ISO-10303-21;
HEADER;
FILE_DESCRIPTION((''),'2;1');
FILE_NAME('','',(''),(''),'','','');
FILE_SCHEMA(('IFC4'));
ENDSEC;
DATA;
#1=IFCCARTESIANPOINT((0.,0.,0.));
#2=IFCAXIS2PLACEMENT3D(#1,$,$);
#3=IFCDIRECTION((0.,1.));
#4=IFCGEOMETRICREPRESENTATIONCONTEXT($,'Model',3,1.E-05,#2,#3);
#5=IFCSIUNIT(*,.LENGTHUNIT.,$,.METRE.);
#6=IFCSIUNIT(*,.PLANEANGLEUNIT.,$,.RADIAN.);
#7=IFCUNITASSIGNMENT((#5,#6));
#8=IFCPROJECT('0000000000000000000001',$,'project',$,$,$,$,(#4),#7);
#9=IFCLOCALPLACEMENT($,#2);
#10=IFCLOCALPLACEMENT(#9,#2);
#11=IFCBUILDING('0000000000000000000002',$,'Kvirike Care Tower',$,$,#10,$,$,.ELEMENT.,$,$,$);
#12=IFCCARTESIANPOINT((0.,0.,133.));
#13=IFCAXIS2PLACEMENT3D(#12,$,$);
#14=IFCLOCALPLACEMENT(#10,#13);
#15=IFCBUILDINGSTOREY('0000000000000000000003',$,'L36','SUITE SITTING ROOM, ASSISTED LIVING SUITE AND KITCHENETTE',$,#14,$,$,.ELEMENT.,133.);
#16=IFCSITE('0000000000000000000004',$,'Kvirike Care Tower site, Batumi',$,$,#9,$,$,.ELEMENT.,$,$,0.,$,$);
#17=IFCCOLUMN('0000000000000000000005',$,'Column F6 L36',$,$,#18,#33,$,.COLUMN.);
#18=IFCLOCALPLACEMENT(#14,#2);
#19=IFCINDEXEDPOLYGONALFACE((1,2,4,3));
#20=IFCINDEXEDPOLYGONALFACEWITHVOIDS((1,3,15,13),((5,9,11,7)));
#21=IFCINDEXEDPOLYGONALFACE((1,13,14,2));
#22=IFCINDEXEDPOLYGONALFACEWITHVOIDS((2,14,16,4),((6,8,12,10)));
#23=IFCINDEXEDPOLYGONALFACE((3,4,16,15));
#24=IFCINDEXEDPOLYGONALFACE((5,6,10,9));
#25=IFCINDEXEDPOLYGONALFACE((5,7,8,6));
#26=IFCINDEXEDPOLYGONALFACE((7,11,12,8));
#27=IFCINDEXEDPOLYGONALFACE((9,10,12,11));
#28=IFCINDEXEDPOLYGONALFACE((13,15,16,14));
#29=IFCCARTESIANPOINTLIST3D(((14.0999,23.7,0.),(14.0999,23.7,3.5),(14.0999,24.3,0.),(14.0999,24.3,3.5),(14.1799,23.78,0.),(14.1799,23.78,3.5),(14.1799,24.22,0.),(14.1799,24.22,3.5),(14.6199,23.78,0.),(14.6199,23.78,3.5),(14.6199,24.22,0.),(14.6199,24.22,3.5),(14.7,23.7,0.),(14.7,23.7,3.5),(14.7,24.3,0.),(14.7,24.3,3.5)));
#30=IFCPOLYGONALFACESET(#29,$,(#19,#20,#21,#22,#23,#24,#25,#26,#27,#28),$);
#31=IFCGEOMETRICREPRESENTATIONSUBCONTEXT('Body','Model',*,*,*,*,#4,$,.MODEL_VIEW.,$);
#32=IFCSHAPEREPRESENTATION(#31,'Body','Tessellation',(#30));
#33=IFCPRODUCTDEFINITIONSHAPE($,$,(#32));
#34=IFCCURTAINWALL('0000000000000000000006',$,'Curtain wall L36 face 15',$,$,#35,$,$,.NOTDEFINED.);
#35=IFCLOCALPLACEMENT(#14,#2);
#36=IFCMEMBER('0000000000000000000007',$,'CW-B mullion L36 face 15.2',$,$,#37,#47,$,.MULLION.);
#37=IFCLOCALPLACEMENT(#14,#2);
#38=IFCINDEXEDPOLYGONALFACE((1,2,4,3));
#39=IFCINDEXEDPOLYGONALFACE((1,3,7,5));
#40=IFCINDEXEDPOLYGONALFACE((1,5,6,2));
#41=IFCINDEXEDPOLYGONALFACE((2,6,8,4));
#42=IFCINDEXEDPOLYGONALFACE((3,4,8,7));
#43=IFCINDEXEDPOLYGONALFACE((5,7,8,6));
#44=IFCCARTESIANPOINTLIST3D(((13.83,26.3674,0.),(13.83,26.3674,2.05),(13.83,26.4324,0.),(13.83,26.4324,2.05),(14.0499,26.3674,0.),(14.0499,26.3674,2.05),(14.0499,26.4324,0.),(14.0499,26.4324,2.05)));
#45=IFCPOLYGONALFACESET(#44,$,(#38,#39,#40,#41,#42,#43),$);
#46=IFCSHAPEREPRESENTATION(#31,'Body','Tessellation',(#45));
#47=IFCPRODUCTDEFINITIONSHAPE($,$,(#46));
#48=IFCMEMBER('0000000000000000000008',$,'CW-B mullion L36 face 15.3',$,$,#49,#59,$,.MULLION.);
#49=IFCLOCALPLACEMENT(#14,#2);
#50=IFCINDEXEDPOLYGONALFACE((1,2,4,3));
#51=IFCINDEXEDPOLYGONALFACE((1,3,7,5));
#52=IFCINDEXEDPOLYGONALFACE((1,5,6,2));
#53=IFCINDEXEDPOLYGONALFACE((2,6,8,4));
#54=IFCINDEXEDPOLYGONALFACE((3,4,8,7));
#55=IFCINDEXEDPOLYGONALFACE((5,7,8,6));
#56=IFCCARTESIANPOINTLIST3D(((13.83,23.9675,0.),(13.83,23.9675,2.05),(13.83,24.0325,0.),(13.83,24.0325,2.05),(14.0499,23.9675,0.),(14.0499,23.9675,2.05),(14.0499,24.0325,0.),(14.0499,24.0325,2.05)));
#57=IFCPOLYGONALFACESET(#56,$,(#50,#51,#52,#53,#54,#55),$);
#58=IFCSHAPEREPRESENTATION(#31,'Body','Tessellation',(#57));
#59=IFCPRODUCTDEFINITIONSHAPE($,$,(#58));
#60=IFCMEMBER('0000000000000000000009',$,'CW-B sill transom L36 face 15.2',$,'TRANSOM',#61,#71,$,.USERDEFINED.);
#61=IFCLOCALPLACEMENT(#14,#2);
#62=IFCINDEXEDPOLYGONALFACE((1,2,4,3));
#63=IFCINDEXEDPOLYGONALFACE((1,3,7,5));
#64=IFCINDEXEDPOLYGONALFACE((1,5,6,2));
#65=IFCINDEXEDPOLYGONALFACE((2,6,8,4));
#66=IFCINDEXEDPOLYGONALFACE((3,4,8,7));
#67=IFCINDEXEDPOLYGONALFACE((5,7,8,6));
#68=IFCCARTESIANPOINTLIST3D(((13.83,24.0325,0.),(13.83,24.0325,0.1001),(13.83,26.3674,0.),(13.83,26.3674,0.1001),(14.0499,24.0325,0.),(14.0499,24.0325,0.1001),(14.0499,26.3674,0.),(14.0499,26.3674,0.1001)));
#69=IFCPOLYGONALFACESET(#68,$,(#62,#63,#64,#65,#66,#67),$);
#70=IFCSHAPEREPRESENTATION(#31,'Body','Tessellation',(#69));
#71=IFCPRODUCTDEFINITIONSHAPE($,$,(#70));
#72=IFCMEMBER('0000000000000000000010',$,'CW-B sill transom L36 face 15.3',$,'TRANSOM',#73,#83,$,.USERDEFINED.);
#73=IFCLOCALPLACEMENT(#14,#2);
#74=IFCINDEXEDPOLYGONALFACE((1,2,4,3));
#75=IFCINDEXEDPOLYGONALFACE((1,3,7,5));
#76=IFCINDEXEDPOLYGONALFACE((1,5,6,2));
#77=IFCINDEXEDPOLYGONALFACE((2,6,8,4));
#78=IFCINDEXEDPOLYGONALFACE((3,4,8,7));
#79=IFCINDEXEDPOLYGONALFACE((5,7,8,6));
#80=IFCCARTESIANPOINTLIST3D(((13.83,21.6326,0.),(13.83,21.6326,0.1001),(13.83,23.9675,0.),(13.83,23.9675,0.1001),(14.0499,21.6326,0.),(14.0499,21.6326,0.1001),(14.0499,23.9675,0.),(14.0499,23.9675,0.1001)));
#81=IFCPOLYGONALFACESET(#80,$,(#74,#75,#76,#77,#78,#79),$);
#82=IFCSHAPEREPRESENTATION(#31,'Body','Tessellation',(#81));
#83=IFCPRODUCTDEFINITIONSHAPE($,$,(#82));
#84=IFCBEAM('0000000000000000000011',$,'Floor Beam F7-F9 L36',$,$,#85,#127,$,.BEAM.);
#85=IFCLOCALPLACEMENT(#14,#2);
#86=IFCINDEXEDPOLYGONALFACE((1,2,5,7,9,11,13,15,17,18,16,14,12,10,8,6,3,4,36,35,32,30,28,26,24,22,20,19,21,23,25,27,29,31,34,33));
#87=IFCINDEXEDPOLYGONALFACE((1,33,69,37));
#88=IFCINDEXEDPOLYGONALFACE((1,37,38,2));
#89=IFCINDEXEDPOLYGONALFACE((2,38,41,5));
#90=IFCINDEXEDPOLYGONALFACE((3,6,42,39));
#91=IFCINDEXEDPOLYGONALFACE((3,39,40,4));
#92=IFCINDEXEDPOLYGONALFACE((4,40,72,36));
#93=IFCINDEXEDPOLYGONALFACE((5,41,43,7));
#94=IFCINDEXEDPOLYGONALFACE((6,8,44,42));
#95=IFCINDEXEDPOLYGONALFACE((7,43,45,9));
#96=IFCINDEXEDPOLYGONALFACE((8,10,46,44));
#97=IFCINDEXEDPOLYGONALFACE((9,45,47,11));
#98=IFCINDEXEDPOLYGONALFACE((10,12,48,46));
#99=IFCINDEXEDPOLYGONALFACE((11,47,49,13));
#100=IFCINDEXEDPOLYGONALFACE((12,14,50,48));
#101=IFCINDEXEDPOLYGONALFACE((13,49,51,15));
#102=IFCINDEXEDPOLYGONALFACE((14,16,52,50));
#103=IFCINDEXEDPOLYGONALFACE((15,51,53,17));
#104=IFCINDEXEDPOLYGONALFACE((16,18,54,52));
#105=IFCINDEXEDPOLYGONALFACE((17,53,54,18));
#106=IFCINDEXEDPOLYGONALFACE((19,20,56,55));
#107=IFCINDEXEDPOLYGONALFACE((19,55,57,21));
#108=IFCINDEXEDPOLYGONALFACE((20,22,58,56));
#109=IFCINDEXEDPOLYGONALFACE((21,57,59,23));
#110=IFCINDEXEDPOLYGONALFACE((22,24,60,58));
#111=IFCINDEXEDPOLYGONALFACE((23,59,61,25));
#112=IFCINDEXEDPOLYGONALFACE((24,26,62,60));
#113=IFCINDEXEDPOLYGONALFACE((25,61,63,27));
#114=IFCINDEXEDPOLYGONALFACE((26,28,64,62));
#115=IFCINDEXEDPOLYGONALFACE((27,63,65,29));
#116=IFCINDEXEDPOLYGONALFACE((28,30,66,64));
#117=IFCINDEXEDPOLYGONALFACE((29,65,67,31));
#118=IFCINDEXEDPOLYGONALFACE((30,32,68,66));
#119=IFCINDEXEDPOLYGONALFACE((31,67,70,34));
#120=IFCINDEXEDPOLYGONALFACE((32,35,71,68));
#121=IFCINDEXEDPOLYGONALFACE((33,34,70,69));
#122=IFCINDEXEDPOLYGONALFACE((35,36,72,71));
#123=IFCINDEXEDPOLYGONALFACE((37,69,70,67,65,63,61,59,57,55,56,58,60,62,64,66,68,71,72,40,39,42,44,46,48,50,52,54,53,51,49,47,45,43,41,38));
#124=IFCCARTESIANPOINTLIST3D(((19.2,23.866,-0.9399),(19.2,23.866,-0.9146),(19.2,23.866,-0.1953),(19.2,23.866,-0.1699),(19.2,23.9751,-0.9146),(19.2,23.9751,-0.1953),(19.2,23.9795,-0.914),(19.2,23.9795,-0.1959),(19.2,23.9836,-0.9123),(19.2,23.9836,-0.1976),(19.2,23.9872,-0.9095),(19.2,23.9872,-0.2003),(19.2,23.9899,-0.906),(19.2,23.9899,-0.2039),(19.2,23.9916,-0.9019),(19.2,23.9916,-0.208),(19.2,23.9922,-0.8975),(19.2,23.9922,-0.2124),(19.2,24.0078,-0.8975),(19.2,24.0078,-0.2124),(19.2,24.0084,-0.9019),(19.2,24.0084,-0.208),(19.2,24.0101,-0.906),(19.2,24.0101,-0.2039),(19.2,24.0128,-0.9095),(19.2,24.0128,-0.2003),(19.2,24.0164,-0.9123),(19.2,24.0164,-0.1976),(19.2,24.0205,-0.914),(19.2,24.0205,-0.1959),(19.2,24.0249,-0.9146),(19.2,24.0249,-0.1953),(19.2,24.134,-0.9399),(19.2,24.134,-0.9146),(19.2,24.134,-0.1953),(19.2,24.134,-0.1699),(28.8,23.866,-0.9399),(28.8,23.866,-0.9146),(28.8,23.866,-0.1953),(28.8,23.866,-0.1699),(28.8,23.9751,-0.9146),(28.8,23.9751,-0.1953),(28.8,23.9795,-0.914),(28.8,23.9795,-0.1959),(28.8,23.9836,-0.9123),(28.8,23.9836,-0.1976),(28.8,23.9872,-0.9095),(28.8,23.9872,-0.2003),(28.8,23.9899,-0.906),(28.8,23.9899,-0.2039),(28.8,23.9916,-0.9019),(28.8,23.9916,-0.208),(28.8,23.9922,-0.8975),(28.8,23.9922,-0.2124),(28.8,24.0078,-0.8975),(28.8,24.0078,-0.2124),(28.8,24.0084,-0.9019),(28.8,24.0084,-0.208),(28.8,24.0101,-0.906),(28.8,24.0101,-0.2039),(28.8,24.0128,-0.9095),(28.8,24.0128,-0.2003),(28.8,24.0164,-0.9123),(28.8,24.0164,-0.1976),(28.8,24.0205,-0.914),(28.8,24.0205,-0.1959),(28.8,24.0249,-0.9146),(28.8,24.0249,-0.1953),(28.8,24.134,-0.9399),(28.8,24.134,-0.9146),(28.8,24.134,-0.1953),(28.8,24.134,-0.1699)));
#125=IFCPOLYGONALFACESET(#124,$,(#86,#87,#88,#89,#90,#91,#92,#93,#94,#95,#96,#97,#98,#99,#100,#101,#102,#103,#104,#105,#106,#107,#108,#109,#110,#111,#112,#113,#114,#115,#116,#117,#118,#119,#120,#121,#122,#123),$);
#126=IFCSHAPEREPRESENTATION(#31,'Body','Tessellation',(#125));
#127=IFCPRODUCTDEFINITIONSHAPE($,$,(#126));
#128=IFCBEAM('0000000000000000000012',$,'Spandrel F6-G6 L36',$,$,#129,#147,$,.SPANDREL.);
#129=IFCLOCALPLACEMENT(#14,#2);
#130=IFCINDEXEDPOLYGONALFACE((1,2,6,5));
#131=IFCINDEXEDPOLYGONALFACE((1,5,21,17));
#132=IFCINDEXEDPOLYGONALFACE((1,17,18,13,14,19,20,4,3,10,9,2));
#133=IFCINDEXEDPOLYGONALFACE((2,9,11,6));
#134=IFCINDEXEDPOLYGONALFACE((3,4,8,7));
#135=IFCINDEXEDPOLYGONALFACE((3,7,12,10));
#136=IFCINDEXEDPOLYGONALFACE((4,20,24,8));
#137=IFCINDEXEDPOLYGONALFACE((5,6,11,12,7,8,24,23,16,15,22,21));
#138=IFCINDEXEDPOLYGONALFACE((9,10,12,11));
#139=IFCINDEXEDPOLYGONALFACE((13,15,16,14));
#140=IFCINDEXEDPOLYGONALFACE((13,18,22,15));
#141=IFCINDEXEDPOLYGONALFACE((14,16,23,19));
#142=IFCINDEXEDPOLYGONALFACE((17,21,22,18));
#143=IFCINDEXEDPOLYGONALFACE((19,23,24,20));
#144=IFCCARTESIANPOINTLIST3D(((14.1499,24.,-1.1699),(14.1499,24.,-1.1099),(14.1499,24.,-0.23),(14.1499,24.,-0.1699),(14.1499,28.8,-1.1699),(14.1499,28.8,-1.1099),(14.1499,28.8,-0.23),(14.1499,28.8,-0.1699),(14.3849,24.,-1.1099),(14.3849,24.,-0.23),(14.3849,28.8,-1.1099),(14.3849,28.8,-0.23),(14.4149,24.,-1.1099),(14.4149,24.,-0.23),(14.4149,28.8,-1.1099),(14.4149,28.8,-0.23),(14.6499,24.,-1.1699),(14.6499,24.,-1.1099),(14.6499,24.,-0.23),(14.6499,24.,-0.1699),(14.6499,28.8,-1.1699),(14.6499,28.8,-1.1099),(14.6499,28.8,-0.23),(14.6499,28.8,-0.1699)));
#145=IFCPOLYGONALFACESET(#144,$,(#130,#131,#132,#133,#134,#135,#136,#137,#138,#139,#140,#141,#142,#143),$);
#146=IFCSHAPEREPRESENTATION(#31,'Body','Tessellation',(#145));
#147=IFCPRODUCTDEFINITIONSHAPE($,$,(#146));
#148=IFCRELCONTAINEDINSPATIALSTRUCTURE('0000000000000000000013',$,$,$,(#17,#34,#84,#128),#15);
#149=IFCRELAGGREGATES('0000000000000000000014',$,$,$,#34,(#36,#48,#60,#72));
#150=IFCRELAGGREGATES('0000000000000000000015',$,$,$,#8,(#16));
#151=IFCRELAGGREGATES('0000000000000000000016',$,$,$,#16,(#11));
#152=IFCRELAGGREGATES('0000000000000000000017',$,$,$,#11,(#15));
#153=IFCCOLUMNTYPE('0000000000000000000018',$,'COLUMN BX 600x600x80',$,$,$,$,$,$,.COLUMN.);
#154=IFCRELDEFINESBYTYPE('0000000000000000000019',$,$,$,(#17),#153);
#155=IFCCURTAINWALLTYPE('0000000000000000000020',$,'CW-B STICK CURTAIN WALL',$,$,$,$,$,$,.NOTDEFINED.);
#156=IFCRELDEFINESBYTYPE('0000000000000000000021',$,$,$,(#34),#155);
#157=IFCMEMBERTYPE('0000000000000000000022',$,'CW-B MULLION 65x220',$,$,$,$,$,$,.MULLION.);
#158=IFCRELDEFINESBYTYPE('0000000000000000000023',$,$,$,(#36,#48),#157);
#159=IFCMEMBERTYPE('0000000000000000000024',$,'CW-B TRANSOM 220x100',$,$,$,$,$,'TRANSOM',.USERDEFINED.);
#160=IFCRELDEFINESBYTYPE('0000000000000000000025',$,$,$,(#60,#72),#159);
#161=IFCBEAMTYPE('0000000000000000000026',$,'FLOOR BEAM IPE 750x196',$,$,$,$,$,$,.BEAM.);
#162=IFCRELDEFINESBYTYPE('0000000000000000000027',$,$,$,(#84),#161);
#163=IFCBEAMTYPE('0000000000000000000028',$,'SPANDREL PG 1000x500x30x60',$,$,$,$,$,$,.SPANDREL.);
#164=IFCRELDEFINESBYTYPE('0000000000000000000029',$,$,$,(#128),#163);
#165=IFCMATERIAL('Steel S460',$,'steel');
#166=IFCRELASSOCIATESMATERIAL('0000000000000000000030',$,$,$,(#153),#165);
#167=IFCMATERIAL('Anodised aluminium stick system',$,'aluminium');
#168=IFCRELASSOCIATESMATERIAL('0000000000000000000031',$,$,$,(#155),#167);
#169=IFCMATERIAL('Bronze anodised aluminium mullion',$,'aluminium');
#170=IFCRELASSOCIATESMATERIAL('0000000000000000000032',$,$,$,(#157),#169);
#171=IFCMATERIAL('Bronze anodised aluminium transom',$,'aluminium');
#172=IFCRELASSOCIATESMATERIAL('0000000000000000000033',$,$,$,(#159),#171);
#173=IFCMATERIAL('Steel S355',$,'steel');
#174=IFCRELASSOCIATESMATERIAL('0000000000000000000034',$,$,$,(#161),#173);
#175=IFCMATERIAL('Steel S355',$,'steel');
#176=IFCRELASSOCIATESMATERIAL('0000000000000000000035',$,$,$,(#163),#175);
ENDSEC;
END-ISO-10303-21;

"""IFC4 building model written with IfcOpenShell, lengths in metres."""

from ifc_helpers import new_model, si_unit, direction, frame, origin, origin_2d, place, context, subcontext, project, spatial, rectangle, hollow_rectangle, i_section, extrude, material, material_profile, profile_set, type_object, element, aggregate, save


model = new_model("IFC4")

# Units and contexts
model_context = context("Model", 3, precision=1e-05, world=origin(), true_north=direction((0.0, 1.0)))
body_context = subcontext(model_context, "Body", "Model", "MODEL_VIEW")
ifc_project = project(units=[si_unit("LENGTHUNIT", "METRE"), si_unit("PLANEANGLEUNIT", "RADIAN")], contexts=[model_context])

# Site, building, storey
site_placement = place(None, origin())
site = spatial("IfcSite", under=ifc_project, at=site_placement, Name="Kvirike Care Tower site, Batumi", CompositionType="ELEMENT", RefElevation=0.0)
building_placement = place(site_placement, origin())
building = spatial("IfcBuilding", under=site, at=building_placement, Name="Kvirike Care Tower", CompositionType="ELEMENT")
storey_placement = place(building_placement, frame((0.0, 0.0, 133.0)))
storey = spatial("IfcBuildingStorey", under=building, at=storey_placement, Name="L36", Description="SUITE SITTING ROOM, ASSISTED LIVING SUITE AND KITCHENETTE", CompositionType="ELEMENT", Elevation=133.0)

# Column
ifc_material_1 = material(Name="Steel S460", Category="steel")
ifc_material_profile_1 = material_profile(ifc_material_1, hollow_rectangle(XDim=0.6001, YDim=0.6001, WallThickness=0.0801, at=origin_2d()), Name="BX 600x600x80")
ifc_profile_set_1 = profile_set([ifc_material_profile_1], Name="Steel S460")
column_type = type_object("IfcColumnType", Name="COLUMN BX 600x600x80", PredefinedType="COLUMN", material=ifc_profile_set_1)
column_placement = place(storey_placement, frame((14.3999, 24.0, 0.0), z_axis=(0.0, 0.0, 1.0), x_axis=(1.0, 0.0, 0.0)))
element("IfcColumn", 1, at=column_placement, inside=storey, type_object=column_type, Name="Column F6 L36", PredefinedType="COLUMN", context=body_context, shape_type="SweptSolid", body=[
    extrude(hollow_rectangle(XDim=0.6001, YDim=0.6001, WallThickness=0.0801, at=origin_2d()), origin(), (0.0, 0.0, 1.0), 3.5),
])

# Curtain wall, members
ifc_material_2 = material(Name="Anodised aluminium stick system", Category="aluminium")
curtain_wall_type = type_object("IfcCurtainWallType", Name="CW-B STICK CURTAIN WALL", PredefinedType="NOTDEFINED", material=ifc_material_2)
curtain_wall_placement = place(storey_placement, origin())
curtain_wall = element("IfcCurtainWall", 2, at=curtain_wall_placement, inside=storey, type_object=curtain_wall_type, Name="Curtain wall L36 face 15", PredefinedType="NOTDEFINED")
ifc_material_3 = material(Name="Bronze anodised aluminium mullion", Category="aluminium")
ifc_material_profile_2 = material_profile(ifc_material_3, rectangle(XDim=0.0649, YDim=0.22, at=origin_2d()), Name="CW-B MULLION 65x220")
ifc_profile_set_2 = profile_set([ifc_material_profile_2], Name="Bronze anodised aluminium mullion")
member_type_1 = type_object("IfcMemberType", Name="CW-B MULLION 65x220", PredefinedType="MULLION", material=ifc_profile_set_2)
member_1_placement = place(storey_placement, frame((13.9399, 26.3999, 0.0), z_axis=(0.0, 0.0, 1.0), x_axis=(0.0, -1.0, 0.0)))
member_1 = element("IfcMember", 3, at=member_1_placement, type_object=member_type_1, Name="CW-B mullion L36 face 15.2", PredefinedType="MULLION", context=body_context, shape_type="SweptSolid", body=[
    extrude(rectangle(XDim=0.0649, YDim=0.22, at=origin_2d()), origin(), (0.0, 0.0, 1.0), 2.05),
])
member_2_placement = place(storey_placement, frame((13.9399, 24.0, 0.0), z_axis=(0.0, 0.0, 1.0), x_axis=(0.0, -1.0, 0.0)))
member_2 = element("IfcMember", 4, at=member_2_placement, type_object=member_type_1, Name="CW-B mullion L36 face 15.3", PredefinedType="MULLION", context=body_context, shape_type="SweptSolid", body=[
    extrude(rectangle(XDim=0.0649, YDim=0.22, at=origin_2d()), origin(), (0.0, 0.0, 1.0), 2.05),
])
ifc_material_4 = material(Name="Bronze anodised aluminium transom", Category="aluminium")
ifc_material_profile_3 = material_profile(ifc_material_4, rectangle(XDim=0.22, YDim=0.1001, at=origin_2d()), Name="CW-B TRANSOM 220x100")
ifc_profile_set_3 = profile_set([ifc_material_profile_3], Name="Bronze anodised aluminium transom")
member_type_2 = type_object("IfcMemberType", Name="CW-B TRANSOM 220x100", ElementType="TRANSOM", PredefinedType="USERDEFINED", material=ifc_profile_set_3)
member_3_placement = place(storey_placement, frame((13.9399, 26.3674, 0.05), z_axis=(0.0, -1.0, 0.0), x_axis=(1.0, 0.0, 0.0)))
member_3 = element("IfcMember", 5, at=member_3_placement, type_object=member_type_2, Name="CW-B sill transom L36 face 15.2", ObjectType="TRANSOM", PredefinedType="USERDEFINED", context=body_context, shape_type="SweptSolid", body=[
    extrude(rectangle(XDim=0.22, YDim=0.1001, at=origin_2d()), origin(), (0.0, 0.0, 1.0), 2.335),
])
member_4_placement = place(storey_placement, frame((13.9399, 23.9675, 0.05), z_axis=(0.0, -1.0, 0.0), x_axis=(1.0, 0.0, 0.0)))
member_4 = element("IfcMember", 6, at=member_4_placement, type_object=member_type_2, Name="CW-B sill transom L36 face 15.3", ObjectType="TRANSOM", PredefinedType="USERDEFINED", context=body_context, shape_type="SweptSolid", body=[
    extrude(rectangle(XDim=0.22, YDim=0.1001, at=origin_2d()), origin(), (0.0, 0.0, 1.0), 2.335),
])

# Beams
ifc_material_5 = material(Name="Steel S355", Category="steel")
ifc_material_profile_4 = material_profile(ifc_material_5, i_section(OverallWidth=0.2681, OverallDepth=0.77, WebThickness=0.0156, FlangeThickness=0.0254, FilletRadius=0.0171, at=origin_2d()), Name="IPE 750x196")
ifc_profile_set_4 = profile_set([ifc_material_profile_4], Name="Steel S355")
beam_type_1 = type_object("IfcBeamType", Name="FLOOR BEAM IPE 750x196", PredefinedType="BEAM", material=ifc_profile_set_4)
beam_1_placement = place(storey_placement, frame((19.2, 24.0, -0.5549), z_axis=(1.0, 0.0, 0.0), x_axis=(0.0, 1.0, 0.0)))
element("IfcBeam", 7, at=beam_1_placement, inside=storey, type_object=beam_type_1, Name="Floor Beam F7-F9 L36", PredefinedType="BEAM", context=body_context, shape_type="SweptSolid", body=[
    extrude(i_section(OverallWidth=0.2681, OverallDepth=0.77, WebThickness=0.0156, FlangeThickness=0.0254, FilletRadius=0.0171, at=origin_2d()), origin(), (0.0, 0.0, 1.0), 9.6001),
])
ifc_material_6 = material(Name="Steel S355", Category="steel")
ifc_material_profile_5 = material_profile(ifc_material_6, i_section(OverallWidth=0.5, OverallDepth=1.0, WebThickness=0.03, FlangeThickness=0.0601, at=origin_2d()), Name="PG 1000x500x30x60")
ifc_profile_set_5 = profile_set([ifc_material_profile_5], Name="Steel S355")
beam_type_2 = type_object("IfcBeamType", Name="SPANDREL PG 1000x500x30x60", PredefinedType="SPANDREL", material=ifc_profile_set_5)
beam_2_placement = place(storey_placement, frame((14.3999, 24.0, -0.6699), z_axis=(0.0, 1.0, 0.0), x_axis=(-1.0, 0.0, 0.0)))
element("IfcBeam", 8, at=beam_2_placement, inside=storey, type_object=beam_type_2, Name="Spandrel F6-G6 L36", PredefinedType="SPANDREL", context=body_context, shape_type="SweptSolid", body=[
    extrude(i_section(OverallWidth=0.5, OverallDepth=1.0, WebThickness=0.03, FlangeThickness=0.0601, at=origin_2d()), origin(), (0.0, 0.0, 1.0), 4.8),
])

aggregate(curtain_wall, [member_1, member_2, member_3, member_4])

save(model, "model.ifc")
